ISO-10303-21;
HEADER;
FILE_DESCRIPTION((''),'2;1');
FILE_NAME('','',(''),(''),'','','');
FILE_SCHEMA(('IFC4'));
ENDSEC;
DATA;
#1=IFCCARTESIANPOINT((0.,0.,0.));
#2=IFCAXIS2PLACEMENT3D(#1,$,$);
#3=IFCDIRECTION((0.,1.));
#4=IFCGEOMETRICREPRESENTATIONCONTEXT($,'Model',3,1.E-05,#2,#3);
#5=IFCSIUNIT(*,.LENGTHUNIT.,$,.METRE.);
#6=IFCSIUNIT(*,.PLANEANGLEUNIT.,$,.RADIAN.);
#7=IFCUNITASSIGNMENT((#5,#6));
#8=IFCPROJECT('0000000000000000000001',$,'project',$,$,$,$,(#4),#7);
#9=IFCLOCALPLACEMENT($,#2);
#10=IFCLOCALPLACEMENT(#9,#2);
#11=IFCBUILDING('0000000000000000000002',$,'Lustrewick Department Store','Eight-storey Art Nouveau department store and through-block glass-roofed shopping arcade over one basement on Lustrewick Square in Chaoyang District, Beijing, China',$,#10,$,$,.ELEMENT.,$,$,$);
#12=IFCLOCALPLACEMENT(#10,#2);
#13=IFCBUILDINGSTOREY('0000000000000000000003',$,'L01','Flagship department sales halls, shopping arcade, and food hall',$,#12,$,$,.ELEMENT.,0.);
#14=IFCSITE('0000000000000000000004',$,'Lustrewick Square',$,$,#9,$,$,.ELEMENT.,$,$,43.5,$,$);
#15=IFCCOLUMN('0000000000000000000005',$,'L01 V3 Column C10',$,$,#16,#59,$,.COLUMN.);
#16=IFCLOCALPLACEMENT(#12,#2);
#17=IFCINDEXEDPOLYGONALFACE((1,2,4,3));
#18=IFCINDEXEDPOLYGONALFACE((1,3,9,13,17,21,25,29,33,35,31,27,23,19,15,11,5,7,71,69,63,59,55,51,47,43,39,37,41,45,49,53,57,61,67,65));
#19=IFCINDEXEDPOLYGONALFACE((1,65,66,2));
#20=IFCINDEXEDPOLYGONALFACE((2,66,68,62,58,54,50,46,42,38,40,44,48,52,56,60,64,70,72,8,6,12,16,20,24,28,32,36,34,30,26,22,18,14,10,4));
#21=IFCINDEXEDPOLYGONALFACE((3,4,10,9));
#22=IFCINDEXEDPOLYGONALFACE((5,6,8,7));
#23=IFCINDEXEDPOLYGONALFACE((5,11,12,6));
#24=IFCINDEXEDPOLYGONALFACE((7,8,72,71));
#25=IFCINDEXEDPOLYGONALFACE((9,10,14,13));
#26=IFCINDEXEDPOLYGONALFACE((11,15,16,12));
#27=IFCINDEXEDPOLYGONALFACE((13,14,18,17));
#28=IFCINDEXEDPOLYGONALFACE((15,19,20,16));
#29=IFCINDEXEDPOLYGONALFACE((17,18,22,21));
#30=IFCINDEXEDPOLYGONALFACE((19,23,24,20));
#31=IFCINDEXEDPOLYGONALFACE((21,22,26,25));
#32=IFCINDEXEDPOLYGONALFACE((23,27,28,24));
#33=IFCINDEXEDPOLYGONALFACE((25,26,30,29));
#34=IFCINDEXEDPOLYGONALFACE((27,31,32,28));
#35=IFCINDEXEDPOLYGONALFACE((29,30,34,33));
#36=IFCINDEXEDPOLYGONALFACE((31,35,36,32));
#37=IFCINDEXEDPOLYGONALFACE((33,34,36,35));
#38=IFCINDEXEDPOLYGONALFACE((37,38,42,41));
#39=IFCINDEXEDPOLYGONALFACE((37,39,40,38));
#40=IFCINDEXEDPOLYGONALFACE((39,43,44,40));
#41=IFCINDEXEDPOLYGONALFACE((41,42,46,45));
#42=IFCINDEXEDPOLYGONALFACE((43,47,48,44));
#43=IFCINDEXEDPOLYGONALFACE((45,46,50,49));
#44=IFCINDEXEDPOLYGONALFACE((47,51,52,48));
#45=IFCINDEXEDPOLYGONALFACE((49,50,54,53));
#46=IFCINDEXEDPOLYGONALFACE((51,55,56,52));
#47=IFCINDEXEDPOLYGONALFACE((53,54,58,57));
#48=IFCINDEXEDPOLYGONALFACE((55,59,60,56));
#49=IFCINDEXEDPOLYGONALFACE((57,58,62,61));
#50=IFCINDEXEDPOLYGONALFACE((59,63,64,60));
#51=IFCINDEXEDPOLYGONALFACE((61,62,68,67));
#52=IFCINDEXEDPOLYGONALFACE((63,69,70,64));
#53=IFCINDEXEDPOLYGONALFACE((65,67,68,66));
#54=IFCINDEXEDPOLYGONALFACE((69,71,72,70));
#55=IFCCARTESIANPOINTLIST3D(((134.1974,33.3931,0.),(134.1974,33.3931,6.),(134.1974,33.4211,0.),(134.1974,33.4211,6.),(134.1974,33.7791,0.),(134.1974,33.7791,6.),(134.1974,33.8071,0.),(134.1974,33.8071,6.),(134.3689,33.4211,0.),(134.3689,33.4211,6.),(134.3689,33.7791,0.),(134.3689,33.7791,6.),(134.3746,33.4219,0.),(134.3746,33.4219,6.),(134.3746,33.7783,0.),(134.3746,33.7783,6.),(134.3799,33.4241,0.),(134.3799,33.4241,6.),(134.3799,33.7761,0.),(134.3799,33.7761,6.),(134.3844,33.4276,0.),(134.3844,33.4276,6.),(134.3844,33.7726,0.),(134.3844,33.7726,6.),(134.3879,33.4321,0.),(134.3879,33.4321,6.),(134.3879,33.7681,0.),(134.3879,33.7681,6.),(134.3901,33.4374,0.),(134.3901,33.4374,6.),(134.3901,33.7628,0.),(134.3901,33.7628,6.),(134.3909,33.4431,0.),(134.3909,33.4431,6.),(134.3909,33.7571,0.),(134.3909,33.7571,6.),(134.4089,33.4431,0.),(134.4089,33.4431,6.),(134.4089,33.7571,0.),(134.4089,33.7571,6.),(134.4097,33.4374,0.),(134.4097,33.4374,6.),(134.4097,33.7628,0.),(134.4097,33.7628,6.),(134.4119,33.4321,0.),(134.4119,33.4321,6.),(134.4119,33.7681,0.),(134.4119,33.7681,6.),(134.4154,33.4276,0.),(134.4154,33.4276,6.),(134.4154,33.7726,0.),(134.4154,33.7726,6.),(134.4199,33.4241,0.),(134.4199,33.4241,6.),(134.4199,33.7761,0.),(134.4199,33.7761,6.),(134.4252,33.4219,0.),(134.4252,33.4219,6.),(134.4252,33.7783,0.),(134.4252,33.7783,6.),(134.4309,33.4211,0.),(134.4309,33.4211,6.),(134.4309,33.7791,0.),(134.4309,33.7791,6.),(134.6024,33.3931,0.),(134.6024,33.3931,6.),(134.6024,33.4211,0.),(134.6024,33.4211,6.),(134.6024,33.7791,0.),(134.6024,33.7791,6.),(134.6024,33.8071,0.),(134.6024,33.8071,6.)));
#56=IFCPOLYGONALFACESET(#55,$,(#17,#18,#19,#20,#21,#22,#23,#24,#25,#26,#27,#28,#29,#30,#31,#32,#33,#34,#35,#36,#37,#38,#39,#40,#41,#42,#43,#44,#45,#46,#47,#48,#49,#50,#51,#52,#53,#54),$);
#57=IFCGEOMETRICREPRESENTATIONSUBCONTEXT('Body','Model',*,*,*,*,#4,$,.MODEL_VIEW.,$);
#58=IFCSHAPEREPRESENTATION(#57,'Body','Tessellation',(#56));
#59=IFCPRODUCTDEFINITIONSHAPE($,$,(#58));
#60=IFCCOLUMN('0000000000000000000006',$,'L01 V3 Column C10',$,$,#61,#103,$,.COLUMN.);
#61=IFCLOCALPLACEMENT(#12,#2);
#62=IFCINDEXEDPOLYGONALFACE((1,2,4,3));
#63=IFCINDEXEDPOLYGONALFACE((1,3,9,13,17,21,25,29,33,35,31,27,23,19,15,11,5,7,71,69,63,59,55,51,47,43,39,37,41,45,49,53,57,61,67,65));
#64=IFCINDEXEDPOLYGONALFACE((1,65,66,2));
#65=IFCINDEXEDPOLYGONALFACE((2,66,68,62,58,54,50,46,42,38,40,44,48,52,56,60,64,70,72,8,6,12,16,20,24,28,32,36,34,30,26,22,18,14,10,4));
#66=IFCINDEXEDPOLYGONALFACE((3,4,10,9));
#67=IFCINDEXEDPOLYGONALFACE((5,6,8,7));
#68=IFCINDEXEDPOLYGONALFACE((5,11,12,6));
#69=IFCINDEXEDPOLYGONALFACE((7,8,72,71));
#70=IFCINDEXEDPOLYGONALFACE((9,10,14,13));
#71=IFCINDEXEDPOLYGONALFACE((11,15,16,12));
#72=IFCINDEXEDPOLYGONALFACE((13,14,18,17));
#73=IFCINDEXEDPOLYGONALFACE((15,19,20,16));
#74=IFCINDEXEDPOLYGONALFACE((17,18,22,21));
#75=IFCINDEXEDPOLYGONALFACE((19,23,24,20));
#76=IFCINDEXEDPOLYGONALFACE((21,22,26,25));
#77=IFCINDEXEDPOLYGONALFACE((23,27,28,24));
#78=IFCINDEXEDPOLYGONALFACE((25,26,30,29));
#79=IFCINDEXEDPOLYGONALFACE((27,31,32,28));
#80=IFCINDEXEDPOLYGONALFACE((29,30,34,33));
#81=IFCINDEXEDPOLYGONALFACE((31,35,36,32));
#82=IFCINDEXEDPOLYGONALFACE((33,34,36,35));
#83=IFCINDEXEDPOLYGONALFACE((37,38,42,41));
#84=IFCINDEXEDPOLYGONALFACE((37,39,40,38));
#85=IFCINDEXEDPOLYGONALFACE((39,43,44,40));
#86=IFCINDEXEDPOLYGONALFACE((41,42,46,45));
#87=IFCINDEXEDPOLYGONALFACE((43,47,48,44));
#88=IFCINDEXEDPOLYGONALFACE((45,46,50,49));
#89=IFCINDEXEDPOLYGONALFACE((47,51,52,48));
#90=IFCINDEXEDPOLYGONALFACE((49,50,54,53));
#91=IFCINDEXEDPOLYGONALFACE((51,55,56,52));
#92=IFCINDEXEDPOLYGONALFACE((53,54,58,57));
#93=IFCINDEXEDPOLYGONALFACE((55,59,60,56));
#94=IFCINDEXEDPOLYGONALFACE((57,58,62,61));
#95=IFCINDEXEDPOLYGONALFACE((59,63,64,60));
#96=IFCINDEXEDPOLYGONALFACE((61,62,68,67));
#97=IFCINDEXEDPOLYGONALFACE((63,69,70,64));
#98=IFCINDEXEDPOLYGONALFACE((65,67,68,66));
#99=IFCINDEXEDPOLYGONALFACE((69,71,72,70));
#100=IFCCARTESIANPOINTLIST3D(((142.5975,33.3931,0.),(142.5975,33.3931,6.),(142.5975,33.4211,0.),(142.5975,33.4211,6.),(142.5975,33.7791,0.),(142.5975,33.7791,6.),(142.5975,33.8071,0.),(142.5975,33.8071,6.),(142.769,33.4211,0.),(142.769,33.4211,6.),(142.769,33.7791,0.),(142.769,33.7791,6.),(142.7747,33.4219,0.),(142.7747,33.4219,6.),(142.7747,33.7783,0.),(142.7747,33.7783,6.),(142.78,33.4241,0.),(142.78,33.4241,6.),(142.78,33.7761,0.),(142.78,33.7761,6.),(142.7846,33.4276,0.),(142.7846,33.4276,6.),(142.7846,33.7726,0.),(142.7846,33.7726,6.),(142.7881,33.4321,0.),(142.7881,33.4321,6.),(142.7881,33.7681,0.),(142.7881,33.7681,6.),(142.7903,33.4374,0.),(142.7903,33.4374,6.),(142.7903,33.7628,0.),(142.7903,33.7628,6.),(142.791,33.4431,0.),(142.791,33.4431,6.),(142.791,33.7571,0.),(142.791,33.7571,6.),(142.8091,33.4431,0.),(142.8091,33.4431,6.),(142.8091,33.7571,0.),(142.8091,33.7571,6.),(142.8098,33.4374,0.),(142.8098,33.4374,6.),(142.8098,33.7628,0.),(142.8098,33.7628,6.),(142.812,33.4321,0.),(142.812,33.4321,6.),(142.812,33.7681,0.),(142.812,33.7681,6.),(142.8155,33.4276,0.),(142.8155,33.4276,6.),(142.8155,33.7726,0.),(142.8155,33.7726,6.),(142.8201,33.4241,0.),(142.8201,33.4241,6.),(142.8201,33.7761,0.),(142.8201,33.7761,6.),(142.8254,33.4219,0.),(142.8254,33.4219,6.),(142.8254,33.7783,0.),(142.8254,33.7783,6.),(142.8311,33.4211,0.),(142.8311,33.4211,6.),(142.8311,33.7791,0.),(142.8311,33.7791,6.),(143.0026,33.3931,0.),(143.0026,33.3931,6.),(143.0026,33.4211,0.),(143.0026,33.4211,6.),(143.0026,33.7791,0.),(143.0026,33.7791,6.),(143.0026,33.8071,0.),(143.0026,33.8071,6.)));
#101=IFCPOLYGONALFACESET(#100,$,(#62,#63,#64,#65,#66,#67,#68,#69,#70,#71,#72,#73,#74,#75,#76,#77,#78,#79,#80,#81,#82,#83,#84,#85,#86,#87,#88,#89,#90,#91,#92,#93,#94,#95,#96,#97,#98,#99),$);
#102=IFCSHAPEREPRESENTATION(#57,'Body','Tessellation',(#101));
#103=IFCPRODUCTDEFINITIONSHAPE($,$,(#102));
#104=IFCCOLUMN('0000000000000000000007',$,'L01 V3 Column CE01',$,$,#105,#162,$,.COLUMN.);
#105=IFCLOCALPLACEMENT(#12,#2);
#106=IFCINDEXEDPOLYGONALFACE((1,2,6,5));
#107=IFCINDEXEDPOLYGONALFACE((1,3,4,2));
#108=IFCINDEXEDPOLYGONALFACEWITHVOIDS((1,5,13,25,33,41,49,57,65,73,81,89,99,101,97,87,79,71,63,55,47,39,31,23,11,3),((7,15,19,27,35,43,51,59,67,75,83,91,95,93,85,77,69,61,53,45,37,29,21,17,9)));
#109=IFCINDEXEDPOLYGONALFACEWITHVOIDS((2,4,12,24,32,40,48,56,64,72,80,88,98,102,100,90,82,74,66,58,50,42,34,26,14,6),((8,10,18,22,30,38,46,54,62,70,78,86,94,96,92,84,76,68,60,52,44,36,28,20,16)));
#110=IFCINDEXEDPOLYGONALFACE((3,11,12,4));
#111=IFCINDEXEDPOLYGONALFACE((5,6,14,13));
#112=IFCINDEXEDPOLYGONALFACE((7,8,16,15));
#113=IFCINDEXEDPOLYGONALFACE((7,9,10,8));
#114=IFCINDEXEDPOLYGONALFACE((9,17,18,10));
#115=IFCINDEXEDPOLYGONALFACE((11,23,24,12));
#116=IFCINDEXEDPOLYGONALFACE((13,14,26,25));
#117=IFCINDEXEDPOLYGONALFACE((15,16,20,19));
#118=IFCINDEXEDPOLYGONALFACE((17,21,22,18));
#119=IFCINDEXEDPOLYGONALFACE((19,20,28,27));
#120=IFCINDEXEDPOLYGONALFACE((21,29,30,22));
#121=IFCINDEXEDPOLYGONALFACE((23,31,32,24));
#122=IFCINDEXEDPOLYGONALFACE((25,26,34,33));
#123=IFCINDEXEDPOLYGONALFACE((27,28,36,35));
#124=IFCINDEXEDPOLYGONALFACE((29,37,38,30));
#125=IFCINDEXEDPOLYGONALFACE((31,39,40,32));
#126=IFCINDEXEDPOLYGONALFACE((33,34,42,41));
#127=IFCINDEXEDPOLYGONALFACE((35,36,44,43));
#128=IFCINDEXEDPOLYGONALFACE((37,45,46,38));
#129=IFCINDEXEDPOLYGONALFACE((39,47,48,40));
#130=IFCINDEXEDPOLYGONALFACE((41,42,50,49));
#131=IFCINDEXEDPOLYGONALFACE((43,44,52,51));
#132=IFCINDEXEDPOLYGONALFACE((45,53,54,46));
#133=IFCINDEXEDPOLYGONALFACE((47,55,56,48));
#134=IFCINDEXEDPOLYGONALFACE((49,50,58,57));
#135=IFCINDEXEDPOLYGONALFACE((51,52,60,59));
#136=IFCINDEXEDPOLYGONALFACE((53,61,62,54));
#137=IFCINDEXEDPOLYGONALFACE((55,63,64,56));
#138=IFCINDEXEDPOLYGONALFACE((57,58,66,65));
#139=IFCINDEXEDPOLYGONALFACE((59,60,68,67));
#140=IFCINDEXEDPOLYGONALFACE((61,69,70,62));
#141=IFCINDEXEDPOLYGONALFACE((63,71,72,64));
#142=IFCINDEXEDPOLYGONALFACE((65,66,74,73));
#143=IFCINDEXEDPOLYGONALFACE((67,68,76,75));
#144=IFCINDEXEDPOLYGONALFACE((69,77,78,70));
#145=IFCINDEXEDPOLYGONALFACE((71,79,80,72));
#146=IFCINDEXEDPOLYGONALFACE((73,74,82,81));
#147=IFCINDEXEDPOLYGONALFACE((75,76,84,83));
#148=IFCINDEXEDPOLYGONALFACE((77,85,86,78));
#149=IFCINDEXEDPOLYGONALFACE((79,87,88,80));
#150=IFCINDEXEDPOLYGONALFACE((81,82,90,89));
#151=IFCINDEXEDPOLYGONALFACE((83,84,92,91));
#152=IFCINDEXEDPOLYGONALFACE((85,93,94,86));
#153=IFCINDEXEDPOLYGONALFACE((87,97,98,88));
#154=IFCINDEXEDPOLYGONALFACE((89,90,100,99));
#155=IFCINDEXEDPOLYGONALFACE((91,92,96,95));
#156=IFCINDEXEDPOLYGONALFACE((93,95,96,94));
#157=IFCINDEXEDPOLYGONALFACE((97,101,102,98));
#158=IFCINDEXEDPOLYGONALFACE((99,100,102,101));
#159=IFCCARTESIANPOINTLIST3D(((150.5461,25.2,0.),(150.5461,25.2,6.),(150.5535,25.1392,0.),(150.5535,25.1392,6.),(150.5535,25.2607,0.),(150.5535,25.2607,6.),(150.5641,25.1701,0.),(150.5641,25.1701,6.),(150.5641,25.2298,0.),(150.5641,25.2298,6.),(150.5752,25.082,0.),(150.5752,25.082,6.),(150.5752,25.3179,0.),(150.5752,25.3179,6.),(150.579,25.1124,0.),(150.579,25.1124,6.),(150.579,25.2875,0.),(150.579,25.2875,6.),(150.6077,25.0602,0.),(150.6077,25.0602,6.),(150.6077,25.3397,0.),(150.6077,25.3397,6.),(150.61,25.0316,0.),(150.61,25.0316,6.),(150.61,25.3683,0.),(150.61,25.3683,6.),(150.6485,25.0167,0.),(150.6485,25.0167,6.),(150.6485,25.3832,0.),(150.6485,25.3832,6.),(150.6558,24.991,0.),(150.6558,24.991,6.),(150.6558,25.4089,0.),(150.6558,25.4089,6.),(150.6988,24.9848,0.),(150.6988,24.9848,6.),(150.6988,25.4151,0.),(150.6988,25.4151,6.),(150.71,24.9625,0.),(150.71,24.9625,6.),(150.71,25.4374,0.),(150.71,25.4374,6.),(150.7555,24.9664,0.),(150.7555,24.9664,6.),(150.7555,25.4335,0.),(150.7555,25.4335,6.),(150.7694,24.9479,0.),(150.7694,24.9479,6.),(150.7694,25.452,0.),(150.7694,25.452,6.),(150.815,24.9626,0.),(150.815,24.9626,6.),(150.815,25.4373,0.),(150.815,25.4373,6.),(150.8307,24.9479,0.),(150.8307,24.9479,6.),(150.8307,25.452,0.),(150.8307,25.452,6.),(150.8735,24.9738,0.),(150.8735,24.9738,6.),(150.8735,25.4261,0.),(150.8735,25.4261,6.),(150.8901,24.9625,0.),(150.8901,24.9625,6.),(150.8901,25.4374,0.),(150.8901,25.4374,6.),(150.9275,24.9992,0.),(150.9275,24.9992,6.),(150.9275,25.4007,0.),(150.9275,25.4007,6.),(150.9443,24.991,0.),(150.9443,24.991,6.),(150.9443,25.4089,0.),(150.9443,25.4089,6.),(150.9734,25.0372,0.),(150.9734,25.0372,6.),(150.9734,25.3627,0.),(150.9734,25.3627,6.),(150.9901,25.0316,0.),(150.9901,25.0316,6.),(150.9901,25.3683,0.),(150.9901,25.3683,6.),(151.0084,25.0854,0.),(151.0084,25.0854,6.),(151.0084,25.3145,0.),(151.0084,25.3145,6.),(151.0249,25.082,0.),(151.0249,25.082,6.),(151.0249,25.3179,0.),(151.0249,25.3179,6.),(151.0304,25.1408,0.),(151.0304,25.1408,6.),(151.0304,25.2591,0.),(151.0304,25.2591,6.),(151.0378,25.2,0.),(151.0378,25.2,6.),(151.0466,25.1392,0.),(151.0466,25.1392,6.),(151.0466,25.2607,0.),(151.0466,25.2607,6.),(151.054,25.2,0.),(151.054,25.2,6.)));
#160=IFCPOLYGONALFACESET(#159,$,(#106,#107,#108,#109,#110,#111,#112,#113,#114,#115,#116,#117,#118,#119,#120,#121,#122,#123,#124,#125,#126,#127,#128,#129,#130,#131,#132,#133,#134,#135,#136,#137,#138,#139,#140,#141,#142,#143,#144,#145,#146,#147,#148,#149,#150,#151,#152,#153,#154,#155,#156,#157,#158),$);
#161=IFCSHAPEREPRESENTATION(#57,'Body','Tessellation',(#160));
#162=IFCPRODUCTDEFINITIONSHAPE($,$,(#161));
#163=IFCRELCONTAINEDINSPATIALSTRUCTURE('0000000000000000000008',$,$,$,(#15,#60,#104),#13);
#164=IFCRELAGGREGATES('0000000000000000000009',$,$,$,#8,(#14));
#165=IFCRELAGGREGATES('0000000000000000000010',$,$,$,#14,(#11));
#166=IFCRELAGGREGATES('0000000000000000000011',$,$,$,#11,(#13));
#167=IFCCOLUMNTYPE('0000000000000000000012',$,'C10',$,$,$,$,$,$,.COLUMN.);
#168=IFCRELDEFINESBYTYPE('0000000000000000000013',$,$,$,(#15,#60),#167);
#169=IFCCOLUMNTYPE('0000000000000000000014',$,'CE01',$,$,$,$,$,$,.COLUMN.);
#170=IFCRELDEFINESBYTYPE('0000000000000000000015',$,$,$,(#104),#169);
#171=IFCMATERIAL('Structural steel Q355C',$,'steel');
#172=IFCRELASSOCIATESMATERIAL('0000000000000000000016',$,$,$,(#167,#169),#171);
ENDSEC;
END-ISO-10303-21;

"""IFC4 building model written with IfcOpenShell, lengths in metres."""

from ifc_helpers import new_model, si_unit, direction, frame, origin, origin_2d, place, context, subcontext, project, spatial, hollow_circle, i_section, extrude, material, material_profile, profile_set, type_object, element, save


model = new_model("IFC4")

# Units and contexts
model_context = context("Model", 3, precision=1e-05, world=origin(), true_north=direction((0.0, 1.0)))
body_context = subcontext(model_context, "Body", "Model", "MODEL_VIEW")
ifc_project = project(units=[si_unit("LENGTHUNIT", "METRE"), si_unit("PLANEANGLEUNIT", "RADIAN")], contexts=[model_context])

# Site, building, storey
site_placement = place(None, origin())
site = spatial("IfcSite", under=ifc_project, at=site_placement, Name="Lustrewick Square", CompositionType="ELEMENT", RefElevation=43.5)
building_placement = place(site_placement, origin())
building = spatial("IfcBuilding", under=site, at=building_placement, Name="Lustrewick Department Store", Description="Eight-storey Art Nouveau department store and through-block glass-roofed shopping arcade over one basement on Lustrewick Square in Chaoyang District, Beijing, China", CompositionType="ELEMENT")
storey_placement = place(building_placement, origin())
storey = spatial("IfcBuildingStorey", under=building, at=storey_placement, Name="L01", Description="Flagship department sales halls, shopping arcade, and food hall", CompositionType="ELEMENT", Elevation=0.0)

# Columns
ifc_material_1 = material(Name="Structural steel Q355C", Category="steel")
ifc_material_profile_1 = material_profile(ifc_material_1, i_section(OverallWidth=0.405, OverallDepth=0.4141, WebThickness=0.0181, FlangeThickness=0.0281, FilletRadius=0.022, at=origin_2d()), Name="HW 414x405x18x28")
ifc_profile_set_1 = profile_set([ifc_material_profile_1], Name="Structural steel Q355C")
column_type_1 = type_object("IfcColumnType", Name="C10", PredefinedType="COLUMN", material=ifc_profile_set_1)
for number, where, z_axis, x_axis, name in (
    (1, (134.3999, 33.6001, 0.0), (0.0, 0.0, 1.0), (1.0, 0.0, 0.0), "L01 V3 Column C10"),
    (2, (142.8, 33.6001, 0.0), (0.0, 0.0, 1.0), (1.0, 0.0, 0.0), "L01 V3 Column C10"),
):
    element("IfcColumn", number, at=place(storey_placement, frame(where, z_axis=z_axis, x_axis=x_axis)), inside=storey, type_object=column_type_1, Name=name, PredefinedType="COLUMN", context=body_context, shape_type="SweptSolid", body=[
        extrude(i_section(OverallWidth=0.405, OverallDepth=0.4141, WebThickness=0.0181, FlangeThickness=0.0281, FilletRadius=0.022, at=origin_2d()), origin(), (0.0, 0.0, 1.0), 6.0),
    ])
ifc_material_profile_2 = material_profile(ifc_material_1, hollow_circle(Radius=0.2539, WallThickness=0.0161, at=origin_2d()), Name="CHS 508x16")
ifc_profile_set_2 = profile_set([ifc_material_profile_2], Name="Structural steel Q355C")
column_type_2 = type_object("IfcColumnType", Name="CE01", PredefinedType="COLUMN", material=ifc_profile_set_2)
column_1_placement = place(storey_placement, frame((150.8, 25.2, 0.0), z_axis=(0.0, 0.0, 1.0), x_axis=(1.0, 0.0, 0.0)))
element("IfcColumn", 3, at=column_1_placement, inside=storey, type_object=column_type_2, Name="L01 V3 Column CE01", PredefinedType="COLUMN", context=body_context, shape_type="SweptSolid", body=[
    extrude(hollow_circle(Radius=0.2539, WallThickness=0.0161, at=origin_2d()), origin(), (0.0, 0.0, 1.0), 6.0),
])

save(model, "model.ifc")
